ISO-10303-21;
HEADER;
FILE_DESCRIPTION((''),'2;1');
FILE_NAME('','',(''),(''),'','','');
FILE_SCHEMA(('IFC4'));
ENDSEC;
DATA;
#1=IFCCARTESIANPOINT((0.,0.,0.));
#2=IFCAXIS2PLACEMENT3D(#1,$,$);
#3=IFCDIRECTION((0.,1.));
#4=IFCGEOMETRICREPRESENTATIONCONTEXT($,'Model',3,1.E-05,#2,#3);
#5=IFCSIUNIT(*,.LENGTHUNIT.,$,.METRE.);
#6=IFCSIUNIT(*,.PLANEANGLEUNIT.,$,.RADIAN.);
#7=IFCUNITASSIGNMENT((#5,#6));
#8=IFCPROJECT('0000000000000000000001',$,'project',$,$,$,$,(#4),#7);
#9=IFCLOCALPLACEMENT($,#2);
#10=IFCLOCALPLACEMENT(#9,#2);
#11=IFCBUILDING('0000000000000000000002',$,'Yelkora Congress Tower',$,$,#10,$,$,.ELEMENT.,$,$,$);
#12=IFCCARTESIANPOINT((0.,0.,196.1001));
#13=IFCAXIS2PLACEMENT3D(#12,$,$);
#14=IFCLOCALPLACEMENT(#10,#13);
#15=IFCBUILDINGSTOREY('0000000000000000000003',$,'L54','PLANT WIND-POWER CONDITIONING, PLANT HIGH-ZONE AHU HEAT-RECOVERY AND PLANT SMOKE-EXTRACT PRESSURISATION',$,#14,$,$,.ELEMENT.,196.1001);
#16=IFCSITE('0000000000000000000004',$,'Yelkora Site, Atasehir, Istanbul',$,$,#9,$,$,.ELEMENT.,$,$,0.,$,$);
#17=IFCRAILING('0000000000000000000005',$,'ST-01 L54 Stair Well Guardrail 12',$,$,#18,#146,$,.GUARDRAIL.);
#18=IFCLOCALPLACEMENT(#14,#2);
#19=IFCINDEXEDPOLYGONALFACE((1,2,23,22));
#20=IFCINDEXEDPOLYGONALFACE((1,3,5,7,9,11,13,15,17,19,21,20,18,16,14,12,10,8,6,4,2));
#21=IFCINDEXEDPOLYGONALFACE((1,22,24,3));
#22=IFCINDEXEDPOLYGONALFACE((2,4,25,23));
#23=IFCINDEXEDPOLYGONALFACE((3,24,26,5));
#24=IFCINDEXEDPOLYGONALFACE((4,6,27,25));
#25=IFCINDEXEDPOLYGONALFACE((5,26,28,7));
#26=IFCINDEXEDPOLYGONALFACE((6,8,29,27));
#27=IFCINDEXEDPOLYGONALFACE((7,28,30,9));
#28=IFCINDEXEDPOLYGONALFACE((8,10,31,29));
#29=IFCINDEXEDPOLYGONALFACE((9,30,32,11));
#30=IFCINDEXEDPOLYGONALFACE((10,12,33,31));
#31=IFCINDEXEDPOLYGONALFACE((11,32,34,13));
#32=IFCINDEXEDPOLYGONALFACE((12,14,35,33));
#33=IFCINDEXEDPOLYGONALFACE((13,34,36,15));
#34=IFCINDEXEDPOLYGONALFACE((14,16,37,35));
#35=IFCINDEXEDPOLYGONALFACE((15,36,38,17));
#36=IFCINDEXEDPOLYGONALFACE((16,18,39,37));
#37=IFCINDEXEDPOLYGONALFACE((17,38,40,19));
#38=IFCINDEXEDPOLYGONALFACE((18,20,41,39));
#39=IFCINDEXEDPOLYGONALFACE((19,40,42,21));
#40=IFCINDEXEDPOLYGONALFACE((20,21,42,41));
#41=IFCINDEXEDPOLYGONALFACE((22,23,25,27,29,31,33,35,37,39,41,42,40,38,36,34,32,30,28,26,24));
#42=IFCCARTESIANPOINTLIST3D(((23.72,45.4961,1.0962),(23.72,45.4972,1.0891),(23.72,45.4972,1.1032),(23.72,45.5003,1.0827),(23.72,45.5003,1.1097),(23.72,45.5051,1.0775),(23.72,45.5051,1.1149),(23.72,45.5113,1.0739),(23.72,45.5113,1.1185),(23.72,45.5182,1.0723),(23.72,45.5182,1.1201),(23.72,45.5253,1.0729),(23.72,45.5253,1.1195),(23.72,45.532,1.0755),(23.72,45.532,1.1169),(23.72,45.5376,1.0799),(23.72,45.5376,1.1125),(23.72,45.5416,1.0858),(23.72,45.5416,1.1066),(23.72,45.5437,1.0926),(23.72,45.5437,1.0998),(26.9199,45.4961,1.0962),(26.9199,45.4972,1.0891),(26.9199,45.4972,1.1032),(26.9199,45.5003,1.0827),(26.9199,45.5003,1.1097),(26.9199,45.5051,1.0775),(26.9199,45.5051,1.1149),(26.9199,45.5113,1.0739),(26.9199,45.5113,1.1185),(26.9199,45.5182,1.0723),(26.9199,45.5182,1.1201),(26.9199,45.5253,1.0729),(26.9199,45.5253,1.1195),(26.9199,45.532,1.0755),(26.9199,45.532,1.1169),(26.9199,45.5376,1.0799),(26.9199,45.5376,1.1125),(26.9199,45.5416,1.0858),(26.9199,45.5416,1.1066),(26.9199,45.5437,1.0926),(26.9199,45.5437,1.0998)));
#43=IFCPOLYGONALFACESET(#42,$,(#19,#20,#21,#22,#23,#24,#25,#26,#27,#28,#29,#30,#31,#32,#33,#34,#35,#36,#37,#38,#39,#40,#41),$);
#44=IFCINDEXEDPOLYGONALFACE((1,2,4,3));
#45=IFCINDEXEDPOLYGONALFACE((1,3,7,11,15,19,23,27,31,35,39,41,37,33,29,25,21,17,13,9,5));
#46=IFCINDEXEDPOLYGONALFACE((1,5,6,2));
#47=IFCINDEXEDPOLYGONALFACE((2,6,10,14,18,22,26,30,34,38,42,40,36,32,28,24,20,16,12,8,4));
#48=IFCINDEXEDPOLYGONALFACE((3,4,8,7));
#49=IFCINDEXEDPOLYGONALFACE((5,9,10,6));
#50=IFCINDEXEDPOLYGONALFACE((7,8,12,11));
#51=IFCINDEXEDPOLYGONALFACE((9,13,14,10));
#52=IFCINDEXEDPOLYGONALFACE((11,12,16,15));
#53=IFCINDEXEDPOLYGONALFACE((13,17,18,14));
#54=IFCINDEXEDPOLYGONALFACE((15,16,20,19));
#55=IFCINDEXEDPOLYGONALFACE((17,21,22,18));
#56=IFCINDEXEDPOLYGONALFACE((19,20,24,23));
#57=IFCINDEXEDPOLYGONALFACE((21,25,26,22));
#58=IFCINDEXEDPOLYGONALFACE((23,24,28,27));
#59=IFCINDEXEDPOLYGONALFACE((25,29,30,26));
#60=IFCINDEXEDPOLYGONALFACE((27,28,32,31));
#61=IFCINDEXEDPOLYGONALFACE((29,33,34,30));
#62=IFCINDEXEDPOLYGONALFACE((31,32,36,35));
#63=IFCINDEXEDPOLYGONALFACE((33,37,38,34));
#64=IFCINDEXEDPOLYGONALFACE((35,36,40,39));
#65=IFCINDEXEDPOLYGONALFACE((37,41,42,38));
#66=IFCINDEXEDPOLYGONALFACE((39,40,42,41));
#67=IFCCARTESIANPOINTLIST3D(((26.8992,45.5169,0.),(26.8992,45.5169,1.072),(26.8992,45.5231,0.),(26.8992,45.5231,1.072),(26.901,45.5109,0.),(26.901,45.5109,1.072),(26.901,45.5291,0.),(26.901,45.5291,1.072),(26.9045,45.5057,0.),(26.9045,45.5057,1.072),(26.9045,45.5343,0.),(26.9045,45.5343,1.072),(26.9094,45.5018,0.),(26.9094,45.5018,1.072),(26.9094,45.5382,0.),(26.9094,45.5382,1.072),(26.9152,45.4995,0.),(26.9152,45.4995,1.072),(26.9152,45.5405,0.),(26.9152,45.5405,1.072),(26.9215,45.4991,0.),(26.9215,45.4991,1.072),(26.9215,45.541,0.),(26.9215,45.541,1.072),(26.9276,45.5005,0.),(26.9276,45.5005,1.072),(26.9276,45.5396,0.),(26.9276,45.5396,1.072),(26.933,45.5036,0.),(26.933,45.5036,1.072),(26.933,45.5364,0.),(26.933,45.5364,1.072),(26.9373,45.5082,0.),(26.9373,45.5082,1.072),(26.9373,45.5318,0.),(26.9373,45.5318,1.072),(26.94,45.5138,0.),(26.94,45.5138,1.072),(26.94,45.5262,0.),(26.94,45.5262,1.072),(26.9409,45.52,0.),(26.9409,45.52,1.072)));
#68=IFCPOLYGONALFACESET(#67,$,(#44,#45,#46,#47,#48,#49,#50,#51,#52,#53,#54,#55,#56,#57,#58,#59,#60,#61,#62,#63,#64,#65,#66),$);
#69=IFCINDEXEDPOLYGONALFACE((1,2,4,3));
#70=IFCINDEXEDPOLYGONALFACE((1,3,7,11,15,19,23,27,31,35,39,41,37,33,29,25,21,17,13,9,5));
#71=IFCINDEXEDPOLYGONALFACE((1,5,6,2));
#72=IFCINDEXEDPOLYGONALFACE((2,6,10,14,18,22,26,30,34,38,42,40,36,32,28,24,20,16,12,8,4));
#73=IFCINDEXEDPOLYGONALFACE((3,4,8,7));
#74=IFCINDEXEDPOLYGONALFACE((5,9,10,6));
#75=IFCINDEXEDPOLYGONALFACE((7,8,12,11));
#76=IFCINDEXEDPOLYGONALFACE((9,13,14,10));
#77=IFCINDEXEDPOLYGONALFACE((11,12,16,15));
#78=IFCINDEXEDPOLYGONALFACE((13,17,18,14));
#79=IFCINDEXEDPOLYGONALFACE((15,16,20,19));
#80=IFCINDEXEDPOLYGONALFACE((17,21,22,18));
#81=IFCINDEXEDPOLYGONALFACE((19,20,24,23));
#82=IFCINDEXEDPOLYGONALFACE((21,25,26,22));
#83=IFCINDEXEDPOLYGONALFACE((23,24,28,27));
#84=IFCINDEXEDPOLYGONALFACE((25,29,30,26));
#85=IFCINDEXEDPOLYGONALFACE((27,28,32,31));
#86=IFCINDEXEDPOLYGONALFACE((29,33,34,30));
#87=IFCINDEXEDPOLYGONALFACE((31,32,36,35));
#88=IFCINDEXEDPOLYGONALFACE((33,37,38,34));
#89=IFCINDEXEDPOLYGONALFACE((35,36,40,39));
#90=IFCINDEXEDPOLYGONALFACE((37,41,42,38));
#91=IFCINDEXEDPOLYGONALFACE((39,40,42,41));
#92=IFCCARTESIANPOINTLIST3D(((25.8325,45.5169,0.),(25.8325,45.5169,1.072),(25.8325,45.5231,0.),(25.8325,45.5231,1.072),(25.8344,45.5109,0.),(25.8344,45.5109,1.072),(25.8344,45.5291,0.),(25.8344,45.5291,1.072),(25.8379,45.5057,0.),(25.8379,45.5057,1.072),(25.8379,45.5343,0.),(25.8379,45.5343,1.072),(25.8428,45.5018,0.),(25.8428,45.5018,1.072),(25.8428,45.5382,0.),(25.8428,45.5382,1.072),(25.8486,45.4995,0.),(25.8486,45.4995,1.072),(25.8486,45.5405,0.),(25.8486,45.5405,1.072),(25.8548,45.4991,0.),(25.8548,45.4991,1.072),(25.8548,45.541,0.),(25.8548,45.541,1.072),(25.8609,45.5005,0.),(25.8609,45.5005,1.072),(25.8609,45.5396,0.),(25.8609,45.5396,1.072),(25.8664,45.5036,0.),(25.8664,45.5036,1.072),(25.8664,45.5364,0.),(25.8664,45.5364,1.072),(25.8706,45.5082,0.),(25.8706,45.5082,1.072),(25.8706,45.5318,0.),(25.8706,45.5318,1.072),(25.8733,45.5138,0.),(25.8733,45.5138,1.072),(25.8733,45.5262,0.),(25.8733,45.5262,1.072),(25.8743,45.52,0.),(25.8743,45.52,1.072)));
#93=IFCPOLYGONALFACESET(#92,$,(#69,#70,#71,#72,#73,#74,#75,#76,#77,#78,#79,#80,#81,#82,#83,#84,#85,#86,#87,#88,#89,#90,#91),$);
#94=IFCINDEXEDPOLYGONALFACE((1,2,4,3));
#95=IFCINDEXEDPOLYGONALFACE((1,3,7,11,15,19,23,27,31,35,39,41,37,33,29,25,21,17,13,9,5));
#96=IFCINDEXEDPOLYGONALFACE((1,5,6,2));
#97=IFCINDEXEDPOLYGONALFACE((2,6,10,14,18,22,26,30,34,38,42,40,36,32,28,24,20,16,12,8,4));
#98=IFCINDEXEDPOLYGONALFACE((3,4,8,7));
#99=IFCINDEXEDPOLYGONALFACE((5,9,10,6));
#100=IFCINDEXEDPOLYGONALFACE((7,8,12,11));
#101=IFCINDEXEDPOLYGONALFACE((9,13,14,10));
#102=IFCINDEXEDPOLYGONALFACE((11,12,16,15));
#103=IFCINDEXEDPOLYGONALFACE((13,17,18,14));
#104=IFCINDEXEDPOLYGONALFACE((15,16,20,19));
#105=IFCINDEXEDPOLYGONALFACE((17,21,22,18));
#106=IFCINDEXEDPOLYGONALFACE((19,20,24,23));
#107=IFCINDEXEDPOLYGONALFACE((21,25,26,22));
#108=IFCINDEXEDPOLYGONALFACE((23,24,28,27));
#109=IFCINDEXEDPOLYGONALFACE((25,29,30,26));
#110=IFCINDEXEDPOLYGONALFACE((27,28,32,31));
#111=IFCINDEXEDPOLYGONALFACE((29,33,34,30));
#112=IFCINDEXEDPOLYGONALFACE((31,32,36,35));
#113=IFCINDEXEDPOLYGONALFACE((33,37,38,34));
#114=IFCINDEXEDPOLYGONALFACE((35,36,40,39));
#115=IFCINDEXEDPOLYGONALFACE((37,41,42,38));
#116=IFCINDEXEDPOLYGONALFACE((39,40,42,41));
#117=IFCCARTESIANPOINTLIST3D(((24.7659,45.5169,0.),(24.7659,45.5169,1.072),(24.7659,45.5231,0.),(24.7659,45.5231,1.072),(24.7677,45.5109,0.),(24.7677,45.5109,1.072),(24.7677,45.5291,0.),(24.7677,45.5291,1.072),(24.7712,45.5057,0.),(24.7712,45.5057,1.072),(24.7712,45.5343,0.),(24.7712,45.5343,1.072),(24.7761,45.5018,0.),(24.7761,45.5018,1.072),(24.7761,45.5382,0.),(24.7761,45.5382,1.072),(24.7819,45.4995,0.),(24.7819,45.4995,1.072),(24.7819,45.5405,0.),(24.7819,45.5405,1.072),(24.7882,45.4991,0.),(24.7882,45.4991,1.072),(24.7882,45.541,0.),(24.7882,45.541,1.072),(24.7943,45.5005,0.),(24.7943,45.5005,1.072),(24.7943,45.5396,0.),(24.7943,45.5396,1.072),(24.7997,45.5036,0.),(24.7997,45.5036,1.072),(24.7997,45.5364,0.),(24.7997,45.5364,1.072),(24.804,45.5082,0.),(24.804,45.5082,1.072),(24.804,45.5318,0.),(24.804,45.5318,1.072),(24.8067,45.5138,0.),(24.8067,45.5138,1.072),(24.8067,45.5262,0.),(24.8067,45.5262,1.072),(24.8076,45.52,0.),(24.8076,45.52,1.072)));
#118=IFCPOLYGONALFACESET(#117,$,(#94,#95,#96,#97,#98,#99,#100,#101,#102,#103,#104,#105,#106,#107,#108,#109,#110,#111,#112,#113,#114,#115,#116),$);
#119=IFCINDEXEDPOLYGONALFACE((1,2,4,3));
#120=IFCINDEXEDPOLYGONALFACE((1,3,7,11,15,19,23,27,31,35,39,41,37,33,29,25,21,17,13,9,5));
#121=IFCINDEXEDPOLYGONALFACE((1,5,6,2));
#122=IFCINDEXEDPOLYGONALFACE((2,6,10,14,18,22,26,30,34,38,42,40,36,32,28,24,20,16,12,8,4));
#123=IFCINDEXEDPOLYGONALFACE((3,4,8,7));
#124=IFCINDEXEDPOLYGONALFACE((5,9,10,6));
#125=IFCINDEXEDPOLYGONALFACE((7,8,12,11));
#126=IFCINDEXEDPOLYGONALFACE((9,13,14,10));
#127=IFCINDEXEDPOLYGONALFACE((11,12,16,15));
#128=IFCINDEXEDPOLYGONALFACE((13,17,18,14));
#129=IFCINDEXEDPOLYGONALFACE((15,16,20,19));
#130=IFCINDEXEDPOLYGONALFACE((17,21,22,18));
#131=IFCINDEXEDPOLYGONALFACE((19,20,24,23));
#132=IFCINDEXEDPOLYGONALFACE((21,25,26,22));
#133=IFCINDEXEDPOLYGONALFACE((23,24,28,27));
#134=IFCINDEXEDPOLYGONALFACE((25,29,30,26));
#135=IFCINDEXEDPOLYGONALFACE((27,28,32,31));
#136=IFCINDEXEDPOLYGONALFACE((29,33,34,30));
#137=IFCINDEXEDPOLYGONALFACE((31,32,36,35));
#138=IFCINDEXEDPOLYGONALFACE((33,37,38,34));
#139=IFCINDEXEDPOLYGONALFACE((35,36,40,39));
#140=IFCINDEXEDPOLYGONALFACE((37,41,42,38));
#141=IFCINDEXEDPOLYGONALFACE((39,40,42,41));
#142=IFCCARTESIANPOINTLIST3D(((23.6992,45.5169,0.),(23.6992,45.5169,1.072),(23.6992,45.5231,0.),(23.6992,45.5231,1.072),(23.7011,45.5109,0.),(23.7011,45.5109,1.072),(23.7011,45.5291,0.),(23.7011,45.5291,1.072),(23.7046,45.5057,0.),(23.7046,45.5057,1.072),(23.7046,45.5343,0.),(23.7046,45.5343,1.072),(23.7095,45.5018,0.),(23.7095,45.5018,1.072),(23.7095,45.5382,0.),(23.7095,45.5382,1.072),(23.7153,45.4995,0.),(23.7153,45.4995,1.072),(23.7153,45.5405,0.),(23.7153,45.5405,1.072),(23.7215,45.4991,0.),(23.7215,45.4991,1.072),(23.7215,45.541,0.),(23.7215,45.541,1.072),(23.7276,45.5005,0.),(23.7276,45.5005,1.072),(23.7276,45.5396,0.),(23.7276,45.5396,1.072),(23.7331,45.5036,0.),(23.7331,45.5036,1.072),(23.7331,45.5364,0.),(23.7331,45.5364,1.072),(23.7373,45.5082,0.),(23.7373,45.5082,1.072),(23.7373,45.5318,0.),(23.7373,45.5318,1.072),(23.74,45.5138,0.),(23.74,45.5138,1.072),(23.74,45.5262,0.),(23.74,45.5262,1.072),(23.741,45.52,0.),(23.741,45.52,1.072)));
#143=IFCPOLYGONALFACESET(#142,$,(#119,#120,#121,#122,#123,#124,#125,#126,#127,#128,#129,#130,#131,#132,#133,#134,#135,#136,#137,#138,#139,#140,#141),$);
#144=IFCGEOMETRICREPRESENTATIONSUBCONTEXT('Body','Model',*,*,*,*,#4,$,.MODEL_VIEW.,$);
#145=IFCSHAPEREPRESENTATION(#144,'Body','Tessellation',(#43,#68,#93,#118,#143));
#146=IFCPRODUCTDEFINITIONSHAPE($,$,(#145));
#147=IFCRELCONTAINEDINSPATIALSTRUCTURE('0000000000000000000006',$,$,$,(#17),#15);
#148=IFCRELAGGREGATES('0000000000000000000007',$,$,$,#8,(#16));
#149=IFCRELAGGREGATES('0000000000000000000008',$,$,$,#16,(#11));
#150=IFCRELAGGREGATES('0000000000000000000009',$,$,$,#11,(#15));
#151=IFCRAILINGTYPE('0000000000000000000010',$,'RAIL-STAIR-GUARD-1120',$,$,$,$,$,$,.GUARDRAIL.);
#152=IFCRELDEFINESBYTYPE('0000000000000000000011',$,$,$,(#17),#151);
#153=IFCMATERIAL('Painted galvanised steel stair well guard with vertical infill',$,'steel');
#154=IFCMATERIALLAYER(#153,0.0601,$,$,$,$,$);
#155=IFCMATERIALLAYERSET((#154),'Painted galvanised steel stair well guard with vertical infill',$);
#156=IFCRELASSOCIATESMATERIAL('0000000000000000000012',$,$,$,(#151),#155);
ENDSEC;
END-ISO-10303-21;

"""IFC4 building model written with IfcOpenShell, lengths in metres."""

from ifc_helpers import new_model, si_unit, direction, frame, origin, origin_2d, place, context, subcontext, project, spatial, circle, extrude, material, layer, layer_set, type_object, element, save


model = new_model("IFC4")

# Units and contexts
model_context = context("Model", 3, precision=1e-05, world=origin(), true_north=direction((0.0, 1.0)))
body_context = subcontext(model_context, "Body", "Model", "MODEL_VIEW")
ifc_project = project(units=[si_unit("LENGTHUNIT", "METRE"), si_unit("PLANEANGLEUNIT", "RADIAN")], contexts=[model_context])

# Site, building, storey
site_placement = place(None, origin())
site = spatial("IfcSite", under=ifc_project, at=site_placement, Name="Yelkora Site, Atasehir, Istanbul", CompositionType="ELEMENT", RefElevation=0.0)
building_placement = place(site_placement, origin())
building = spatial("IfcBuilding", under=site, at=building_placement, Name="Yelkora Congress Tower", CompositionType="ELEMENT")
storey_placement = place(building_placement, frame((0.0, 0.0, 196.1001)))
storey = spatial("IfcBuildingStorey", under=building, at=storey_placement, Name="L54", Description="PLANT WIND-POWER CONDITIONING, PLANT HIGH-ZONE AHU HEAT-RECOVERY AND PLANT SMOKE-EXTRACT PRESSURISATION", CompositionType="ELEMENT", Elevation=196.1001)

# Railing
ifc_material_1 = material(Name="Painted galvanised steel stair well guard with vertical infill", Category="steel")
ifc_layer_1 = layer(ifc_material_1, 0.0601)
ifc_layer_set_1 = layer_set([ifc_layer_1], Name="Painted galvanised steel stair well guard with vertical infill")
railing_type = type_object("IfcRailingType", Name="RAIL-STAIR-GUARD-1120", PredefinedType="GUARDRAIL", material=ifc_layer_set_1)
railing_1_placement = place(storey_placement, frame((26.9199, 45.52, 0.0)))
element("IfcRailing", 1, at=railing_1_placement, inside=storey, type_object=railing_type, Name="ST-01 L54 Stair Well Guardrail 12", PredefinedType="GUARDRAIL", context=body_context, shape_type="SweptSolid", body=[
    extrude(circle(Radius=0.0239, at=origin_2d()), frame((0.0, 0.0, 1.0962), z_axis=(-1.0, 0.0, 0.0), x_axis=(0.0, -1.0, 0.0)), (0.0, 0.0, 1.0), 3.2),
    extrude(circle(Radius=0.021, at=origin_2d()), origin(), (0.0, 0.0, 1.0), 1.072),
    extrude(circle(Radius=0.021, at=origin_2d()), frame((-1.0667, 0.0, 0.0)), (0.0, 0.0, 1.0), 1.072),
    extrude(circle(Radius=0.021, at=origin_2d()), frame((-2.1333, 0.0, 0.0)), (0.0, 0.0, 1.0), 1.072),
    extrude(circle(Radius=0.021, at=origin_2d()), frame((-3.2, 0.0, 0.0)), (0.0, 0.0, 1.0), 1.072),
])

save(model, "model.ifc")
